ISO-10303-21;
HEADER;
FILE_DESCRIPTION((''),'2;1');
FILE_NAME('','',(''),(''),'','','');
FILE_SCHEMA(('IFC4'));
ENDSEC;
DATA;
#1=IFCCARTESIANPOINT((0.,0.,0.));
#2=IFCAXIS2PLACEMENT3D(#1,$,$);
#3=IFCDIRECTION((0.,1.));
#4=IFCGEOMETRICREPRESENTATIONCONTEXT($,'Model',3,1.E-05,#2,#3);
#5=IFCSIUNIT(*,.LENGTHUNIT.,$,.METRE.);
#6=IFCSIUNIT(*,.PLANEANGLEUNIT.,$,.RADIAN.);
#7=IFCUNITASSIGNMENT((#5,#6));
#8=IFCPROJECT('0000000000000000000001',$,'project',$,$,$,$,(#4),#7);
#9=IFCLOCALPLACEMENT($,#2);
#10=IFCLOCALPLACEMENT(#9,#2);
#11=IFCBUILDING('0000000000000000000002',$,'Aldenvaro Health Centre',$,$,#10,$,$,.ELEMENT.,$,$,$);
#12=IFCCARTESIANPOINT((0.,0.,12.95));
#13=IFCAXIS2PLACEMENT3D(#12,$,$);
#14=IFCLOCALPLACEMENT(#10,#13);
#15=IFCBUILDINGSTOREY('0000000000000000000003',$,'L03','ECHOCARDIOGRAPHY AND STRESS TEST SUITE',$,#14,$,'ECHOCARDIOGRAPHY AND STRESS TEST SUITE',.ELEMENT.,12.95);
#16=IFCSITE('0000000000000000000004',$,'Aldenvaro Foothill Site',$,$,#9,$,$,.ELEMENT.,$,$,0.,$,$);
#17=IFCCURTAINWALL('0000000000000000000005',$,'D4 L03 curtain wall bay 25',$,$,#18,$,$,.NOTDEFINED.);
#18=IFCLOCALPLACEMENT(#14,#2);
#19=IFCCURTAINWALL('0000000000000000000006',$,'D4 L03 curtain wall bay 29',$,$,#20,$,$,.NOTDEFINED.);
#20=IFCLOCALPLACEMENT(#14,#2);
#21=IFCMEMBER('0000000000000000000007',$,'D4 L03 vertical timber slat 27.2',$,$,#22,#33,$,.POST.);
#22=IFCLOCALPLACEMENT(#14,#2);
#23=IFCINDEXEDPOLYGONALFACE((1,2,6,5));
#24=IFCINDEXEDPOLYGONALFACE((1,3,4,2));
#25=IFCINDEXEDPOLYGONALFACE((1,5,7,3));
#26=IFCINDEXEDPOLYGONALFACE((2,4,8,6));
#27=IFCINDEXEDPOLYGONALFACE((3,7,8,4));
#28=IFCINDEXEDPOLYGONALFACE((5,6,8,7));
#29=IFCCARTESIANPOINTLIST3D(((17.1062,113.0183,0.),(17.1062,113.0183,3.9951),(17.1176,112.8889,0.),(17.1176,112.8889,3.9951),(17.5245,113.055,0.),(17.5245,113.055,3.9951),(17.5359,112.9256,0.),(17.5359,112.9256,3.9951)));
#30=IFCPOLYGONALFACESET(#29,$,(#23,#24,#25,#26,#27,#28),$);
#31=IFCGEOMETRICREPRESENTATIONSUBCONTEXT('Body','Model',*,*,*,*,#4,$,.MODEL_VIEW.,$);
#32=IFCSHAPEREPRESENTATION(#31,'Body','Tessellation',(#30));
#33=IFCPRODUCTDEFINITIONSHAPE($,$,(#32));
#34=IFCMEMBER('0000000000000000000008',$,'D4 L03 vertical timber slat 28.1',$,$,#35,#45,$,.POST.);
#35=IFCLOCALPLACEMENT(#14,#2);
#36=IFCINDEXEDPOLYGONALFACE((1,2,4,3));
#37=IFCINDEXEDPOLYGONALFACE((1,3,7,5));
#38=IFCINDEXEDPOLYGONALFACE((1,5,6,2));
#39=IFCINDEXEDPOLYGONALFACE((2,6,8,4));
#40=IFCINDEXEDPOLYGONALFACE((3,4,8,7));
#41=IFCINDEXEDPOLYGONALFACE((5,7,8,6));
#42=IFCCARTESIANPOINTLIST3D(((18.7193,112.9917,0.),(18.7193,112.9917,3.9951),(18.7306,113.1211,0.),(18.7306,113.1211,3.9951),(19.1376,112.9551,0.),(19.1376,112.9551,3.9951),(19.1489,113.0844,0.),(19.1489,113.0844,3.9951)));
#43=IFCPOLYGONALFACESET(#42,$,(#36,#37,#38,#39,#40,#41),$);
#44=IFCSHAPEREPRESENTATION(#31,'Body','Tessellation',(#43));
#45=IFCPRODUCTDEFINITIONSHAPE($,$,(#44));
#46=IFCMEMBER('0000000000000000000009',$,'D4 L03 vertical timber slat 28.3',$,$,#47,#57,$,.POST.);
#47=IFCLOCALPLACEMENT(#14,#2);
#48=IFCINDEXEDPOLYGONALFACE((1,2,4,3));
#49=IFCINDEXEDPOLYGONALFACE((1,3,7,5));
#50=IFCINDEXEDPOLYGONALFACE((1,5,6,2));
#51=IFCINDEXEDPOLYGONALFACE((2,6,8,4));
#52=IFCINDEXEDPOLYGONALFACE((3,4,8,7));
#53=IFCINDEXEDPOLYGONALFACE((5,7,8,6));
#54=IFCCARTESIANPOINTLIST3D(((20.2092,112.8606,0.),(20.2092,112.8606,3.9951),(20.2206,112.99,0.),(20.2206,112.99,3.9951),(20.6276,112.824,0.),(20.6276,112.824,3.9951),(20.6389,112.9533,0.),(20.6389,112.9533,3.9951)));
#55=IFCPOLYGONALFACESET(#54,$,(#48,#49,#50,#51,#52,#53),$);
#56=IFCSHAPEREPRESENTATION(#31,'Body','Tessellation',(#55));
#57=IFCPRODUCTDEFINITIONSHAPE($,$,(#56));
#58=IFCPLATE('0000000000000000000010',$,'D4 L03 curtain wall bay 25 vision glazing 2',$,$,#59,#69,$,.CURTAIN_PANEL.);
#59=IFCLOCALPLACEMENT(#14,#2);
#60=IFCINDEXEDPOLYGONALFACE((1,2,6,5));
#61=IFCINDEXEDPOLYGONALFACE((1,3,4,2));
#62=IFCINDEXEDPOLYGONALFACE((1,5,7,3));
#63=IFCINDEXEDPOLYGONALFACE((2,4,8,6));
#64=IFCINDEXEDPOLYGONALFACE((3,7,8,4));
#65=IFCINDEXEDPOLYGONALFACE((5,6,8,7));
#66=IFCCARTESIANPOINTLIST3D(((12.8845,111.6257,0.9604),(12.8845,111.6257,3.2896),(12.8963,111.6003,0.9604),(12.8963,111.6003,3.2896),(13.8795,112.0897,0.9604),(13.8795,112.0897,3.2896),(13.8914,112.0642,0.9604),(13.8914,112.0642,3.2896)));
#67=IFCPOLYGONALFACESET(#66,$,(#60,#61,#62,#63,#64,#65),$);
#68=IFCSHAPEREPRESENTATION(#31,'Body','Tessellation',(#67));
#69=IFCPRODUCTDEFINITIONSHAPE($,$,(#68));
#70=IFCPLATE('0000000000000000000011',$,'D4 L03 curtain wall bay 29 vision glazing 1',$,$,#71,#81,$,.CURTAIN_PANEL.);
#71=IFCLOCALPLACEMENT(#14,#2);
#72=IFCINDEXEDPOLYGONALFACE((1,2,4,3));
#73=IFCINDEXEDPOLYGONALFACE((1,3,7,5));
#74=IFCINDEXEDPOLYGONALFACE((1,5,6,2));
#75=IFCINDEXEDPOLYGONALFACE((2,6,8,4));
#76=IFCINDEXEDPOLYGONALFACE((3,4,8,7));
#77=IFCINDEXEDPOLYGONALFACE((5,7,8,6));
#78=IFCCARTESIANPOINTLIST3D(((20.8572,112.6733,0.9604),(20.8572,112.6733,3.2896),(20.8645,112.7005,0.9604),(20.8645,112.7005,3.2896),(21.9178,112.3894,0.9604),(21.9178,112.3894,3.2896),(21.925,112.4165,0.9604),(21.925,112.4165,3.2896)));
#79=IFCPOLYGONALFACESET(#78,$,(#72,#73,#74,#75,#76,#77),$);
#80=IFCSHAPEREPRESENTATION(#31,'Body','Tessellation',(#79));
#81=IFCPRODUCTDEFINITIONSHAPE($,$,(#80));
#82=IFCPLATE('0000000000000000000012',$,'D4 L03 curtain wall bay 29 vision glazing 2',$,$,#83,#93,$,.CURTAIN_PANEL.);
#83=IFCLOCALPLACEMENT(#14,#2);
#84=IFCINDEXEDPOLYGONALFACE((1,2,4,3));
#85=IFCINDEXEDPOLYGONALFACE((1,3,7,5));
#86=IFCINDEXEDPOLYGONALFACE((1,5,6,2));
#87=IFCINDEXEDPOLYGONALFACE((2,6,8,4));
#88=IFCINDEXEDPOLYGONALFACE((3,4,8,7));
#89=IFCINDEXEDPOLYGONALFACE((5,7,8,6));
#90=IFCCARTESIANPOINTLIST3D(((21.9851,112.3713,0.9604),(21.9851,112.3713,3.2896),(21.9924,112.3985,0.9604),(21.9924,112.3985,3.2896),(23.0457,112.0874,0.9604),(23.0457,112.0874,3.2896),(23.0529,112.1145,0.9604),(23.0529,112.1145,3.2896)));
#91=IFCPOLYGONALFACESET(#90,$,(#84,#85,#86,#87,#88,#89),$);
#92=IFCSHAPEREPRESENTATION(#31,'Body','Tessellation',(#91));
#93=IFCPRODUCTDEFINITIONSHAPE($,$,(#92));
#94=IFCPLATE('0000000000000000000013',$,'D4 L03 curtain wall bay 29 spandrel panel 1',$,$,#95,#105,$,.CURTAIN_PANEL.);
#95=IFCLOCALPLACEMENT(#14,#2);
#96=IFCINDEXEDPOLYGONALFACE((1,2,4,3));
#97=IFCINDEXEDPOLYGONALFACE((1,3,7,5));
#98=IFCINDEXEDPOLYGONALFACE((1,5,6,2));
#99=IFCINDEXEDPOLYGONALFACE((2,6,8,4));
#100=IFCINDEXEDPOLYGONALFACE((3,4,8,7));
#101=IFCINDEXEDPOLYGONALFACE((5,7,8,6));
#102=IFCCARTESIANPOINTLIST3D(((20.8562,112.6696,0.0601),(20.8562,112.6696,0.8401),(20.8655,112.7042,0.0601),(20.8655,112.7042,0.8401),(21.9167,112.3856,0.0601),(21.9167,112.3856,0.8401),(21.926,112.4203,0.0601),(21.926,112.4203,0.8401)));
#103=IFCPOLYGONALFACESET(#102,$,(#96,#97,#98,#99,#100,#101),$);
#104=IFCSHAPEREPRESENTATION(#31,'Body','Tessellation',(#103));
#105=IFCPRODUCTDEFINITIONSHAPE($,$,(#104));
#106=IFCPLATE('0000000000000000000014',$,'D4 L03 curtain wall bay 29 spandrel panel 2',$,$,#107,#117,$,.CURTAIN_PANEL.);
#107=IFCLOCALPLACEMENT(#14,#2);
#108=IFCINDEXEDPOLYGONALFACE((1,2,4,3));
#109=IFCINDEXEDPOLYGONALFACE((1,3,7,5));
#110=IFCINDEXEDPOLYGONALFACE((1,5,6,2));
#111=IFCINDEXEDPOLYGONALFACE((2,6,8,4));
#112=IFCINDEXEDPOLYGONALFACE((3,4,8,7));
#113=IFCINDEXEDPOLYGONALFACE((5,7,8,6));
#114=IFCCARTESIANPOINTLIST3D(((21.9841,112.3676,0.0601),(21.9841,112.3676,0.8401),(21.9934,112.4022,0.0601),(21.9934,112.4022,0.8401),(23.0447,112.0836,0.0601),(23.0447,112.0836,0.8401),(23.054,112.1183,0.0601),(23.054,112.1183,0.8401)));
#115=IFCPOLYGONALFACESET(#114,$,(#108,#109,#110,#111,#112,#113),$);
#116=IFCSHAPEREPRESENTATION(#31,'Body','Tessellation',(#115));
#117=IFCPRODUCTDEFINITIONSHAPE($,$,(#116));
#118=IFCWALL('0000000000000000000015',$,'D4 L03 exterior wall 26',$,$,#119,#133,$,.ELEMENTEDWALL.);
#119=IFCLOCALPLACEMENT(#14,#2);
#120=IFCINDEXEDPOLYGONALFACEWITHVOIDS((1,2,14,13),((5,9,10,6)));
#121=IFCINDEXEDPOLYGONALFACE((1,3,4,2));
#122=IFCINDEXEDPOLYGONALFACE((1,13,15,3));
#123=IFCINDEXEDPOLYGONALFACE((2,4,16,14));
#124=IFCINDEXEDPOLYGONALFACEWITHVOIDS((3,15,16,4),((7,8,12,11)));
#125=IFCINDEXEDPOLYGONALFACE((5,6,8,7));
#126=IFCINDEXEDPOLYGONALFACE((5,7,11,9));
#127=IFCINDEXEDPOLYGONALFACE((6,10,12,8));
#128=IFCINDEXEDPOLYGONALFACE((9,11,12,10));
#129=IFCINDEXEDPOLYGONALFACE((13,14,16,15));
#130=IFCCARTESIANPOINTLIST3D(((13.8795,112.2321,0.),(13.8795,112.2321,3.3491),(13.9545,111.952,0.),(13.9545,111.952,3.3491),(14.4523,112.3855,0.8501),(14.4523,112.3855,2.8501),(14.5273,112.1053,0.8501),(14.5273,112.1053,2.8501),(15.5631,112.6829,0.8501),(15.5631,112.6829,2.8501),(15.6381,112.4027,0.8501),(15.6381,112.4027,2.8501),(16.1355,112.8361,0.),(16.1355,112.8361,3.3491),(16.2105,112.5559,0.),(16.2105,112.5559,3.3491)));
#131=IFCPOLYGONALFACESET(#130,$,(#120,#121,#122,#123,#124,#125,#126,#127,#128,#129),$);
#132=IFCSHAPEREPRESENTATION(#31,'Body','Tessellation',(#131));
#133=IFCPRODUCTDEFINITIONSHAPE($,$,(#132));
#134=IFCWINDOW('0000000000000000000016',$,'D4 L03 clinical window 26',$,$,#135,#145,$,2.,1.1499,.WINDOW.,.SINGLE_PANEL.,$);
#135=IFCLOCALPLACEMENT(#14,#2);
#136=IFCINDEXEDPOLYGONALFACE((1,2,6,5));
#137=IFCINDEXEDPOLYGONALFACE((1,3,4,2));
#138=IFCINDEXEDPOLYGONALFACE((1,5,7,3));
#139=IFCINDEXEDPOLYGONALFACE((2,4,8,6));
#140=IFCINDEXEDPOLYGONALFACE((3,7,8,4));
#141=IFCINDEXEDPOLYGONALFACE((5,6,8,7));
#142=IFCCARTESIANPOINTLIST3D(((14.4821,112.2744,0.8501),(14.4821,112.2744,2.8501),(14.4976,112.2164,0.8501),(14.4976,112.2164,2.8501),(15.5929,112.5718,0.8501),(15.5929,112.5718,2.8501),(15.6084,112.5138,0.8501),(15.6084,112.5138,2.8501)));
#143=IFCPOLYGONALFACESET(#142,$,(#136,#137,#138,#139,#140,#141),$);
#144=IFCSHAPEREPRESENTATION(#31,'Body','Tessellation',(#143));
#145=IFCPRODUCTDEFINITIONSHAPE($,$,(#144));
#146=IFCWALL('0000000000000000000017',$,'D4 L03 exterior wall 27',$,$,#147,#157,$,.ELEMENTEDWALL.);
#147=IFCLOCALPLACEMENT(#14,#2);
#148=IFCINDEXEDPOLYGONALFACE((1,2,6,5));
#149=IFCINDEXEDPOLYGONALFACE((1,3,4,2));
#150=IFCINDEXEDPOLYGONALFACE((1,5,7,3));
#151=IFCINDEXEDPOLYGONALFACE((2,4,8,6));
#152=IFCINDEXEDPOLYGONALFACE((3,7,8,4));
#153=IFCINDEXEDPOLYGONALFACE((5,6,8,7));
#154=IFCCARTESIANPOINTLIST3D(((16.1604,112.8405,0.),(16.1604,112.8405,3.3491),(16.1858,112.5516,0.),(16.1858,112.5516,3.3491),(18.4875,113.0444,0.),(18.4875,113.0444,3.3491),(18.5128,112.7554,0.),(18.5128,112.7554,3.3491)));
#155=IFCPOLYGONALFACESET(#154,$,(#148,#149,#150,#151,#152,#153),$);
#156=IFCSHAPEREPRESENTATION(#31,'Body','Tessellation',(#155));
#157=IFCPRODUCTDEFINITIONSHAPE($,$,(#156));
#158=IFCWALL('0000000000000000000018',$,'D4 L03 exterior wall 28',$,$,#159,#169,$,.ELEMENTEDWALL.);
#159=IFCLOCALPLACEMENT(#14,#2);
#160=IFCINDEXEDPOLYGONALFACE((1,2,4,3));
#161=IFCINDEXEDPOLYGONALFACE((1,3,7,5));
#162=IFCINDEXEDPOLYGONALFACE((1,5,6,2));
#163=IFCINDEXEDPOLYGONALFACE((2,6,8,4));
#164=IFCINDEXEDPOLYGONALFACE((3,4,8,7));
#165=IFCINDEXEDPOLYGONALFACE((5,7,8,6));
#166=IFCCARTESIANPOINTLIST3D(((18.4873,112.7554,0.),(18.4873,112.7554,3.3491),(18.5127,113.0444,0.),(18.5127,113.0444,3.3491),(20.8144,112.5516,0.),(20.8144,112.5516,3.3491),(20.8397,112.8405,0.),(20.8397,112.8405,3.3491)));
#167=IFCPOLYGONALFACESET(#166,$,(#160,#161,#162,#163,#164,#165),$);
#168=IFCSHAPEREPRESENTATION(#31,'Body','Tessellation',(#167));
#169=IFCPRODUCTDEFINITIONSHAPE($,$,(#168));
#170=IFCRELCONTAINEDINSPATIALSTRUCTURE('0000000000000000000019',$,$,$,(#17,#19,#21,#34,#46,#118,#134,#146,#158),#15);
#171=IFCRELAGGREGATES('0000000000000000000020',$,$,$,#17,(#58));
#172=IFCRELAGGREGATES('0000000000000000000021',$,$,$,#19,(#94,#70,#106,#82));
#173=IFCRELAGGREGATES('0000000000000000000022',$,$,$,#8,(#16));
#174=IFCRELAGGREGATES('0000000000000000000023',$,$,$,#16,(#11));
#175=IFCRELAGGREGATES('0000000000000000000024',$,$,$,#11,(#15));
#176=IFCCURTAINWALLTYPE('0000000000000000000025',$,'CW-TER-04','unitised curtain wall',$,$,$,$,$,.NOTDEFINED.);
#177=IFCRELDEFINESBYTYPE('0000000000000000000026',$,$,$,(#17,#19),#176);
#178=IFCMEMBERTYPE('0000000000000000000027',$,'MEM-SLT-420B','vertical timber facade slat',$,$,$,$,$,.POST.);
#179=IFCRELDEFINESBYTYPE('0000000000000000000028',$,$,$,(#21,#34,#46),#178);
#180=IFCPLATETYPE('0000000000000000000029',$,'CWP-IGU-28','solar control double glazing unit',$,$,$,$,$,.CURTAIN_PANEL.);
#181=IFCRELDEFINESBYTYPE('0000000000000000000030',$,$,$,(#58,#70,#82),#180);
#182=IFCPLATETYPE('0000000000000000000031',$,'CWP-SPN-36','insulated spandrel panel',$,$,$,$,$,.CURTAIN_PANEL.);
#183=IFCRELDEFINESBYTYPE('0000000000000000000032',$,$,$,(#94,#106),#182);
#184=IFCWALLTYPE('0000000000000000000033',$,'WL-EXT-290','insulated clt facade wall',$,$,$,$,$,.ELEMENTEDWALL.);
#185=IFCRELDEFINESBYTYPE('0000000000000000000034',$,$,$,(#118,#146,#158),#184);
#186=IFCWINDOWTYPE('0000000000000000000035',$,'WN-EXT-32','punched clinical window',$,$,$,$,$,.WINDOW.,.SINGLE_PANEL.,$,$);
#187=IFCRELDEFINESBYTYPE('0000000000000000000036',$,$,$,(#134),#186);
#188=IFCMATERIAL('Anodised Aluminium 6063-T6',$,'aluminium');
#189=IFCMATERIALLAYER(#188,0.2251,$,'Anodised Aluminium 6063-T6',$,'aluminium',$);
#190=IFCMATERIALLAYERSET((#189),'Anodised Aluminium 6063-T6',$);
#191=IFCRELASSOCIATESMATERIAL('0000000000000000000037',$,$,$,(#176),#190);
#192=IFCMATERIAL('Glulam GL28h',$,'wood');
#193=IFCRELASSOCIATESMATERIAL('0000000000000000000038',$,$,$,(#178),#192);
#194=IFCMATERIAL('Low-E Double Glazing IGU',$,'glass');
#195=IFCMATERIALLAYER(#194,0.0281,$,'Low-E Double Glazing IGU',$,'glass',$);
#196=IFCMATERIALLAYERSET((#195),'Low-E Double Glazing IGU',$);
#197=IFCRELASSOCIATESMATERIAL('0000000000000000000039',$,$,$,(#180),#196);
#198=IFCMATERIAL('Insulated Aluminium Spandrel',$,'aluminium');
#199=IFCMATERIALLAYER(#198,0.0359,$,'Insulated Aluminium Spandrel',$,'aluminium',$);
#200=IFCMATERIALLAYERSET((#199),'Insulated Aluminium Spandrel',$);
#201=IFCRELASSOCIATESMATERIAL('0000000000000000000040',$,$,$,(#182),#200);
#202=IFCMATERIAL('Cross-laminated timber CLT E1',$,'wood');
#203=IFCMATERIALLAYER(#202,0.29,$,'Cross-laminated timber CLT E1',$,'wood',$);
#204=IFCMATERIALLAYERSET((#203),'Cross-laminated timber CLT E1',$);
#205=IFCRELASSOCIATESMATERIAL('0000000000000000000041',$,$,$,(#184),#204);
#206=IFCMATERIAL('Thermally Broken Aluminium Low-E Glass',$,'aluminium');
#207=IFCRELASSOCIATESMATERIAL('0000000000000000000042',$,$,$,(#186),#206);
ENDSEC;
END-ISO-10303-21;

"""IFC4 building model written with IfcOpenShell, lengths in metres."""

from ifc_helpers import new_model, si_unit, direction, frame, frame_2d, origin, origin_2d, place, context, subcontext, project, spatial, rectangle, extrude, material, layer, layer_set, material_profile, profile_set, type_object, element, fill, aggregate, save


model = new_model("IFC4")

# Units and contexts
model_context = context("Model", 3, precision=1e-05, world=origin(), true_north=direction((0.0, 1.0)))
body_context = subcontext(model_context, "Body", "Model", "MODEL_VIEW")
ifc_project = project(units=[si_unit("LENGTHUNIT", "METRE"), si_unit("PLANEANGLEUNIT", "RADIAN")], contexts=[model_context])

# Site, building, storey
site_placement = place(None, origin())
site = spatial("IfcSite", under=ifc_project, at=site_placement, Name="Aldenvaro Foothill Site", CompositionType="ELEMENT", RefElevation=0.0)
building_placement = place(site_placement, origin())
building = spatial("IfcBuilding", under=site, at=building_placement, Name="Aldenvaro Health Centre", CompositionType="ELEMENT")
storey_placement = place(building_placement, frame((0.0, 0.0, 12.95)))
storey = spatial("IfcBuildingStorey", under=building, at=storey_placement, Name="L03", Description="ECHOCARDIOGRAPHY AND STRESS TEST SUITE", LongName="ECHOCARDIOGRAPHY AND STRESS TEST SUITE", CompositionType="ELEMENT", Elevation=12.95)

# Shared definitions
ifc_material_1 = material(Name="Glulam GL28h", Category="wood")

# Curtain wall
ifc_material_2 = material(Name="Anodised Aluminium 6063-T6", Category="aluminium")
ifc_layer_1 = layer(ifc_material_2, 0.2251, Name="Anodised Aluminium 6063-T6", Category="aluminium")
ifc_layer_set_1 = layer_set([ifc_layer_1], Name="Anodised Aluminium 6063-T6")
curtain_wall_type = type_object("IfcCurtainWallType", Name="CW-TER-04", Description="unitised curtain wall", PredefinedType="NOTDEFINED", material=ifc_layer_set_1)
curtain_wall_1_placement = place(storey_placement, origin())
curtain_wall_1 = element("IfcCurtainWall", 1, at=curtain_wall_1_placement, inside=storey, type_object=curtain_wall_type, Name="D4 L03 curtain wall bay 25", PredefinedType="NOTDEFINED")

# Curtain wall
curtain_wall_2_placement = place(storey_placement, origin())
curtain_wall_2 = element("IfcCurtainWall", 2, at=curtain_wall_2_placement, inside=storey, type_object=curtain_wall_type, Name="D4 L03 curtain wall bay 29", PredefinedType="NOTDEFINED")

# Members
ifc_material_profile_1 = material_profile(ifc_material_1, rectangle(XDim=0.1299, YDim=0.4199, at=origin_2d()), Name="GL 130x420", Category="wood")
ifc_profile_set_1 = profile_set([ifc_material_profile_1], Name="Glulam GL28h")
member_type_1 = type_object("IfcMemberType", Name="MEM-SLT-420B", Description="vertical timber facade slat", PredefinedType="POST", material=ifc_profile_set_1)
for number, where, z_axis, x_axis, name in (
    (3, (17.321, 112.9719, 0.0), (0.0, 0.0, 1.0), (-0.087332, 0.996179, 0.0), "D4 L03 vertical timber slat 27.2"),
    (4, (18.9341, 113.0381, 0.0), (0.0, 0.0, 1.0), (0.087332, 0.996179, 0.0), "D4 L03 vertical timber slat 28.1"),
    (5, (20.4241, 112.907, 0.0), (0.0, 0.0, 1.0), (0.087332, 0.996179, 0.0), "D4 L03 vertical timber slat 28.3"),
):
    element("IfcMember", number, at=place(storey_placement, frame(where, z_axis=z_axis, x_axis=x_axis)), inside=storey, type_object=member_type_1, Name=name, PredefinedType="POST", context=body_context, shape_type="SweptSolid", body=[
        extrude(rectangle(XDim=0.1299, YDim=0.4199, at=origin_2d()), origin(), (0.0, 0.0, 1.0), 3.9951),
    ])

# Plates
ifc_material_3 = material(Name="Low-E Double Glazing IGU", Category="glass")
ifc_layer_2 = layer(ifc_material_3, 0.0281, Name="Low-E Double Glazing IGU", Category="glass")
ifc_layer_set_2 = layer_set([ifc_layer_2], Name="Low-E Double Glazing IGU")
plate_type_1 = type_object("IfcPlateType", Name="CWP-IGU-28", Description="solar control double glazing unit", PredefinedType="CURTAIN_PANEL", material=ifc_layer_set_2)
plate_1_placement = place(storey_placement, frame((13.3879, 111.845, 0.9604), z_axis=(0.0, 0.0, 1.0), x_axis=(0.906336, 0.422557, 0.0)))
plate_1 = element("IfcPlate", 6, at=plate_1_placement, type_object=plate_type_1, Name="D4 L03 curtain wall bay 25 vision glazing 2", PredefinedType="CURTAIN_PANEL", context=body_context, shape_type="SweptSolid", body=[
    extrude(rectangle(XDim=1.0979, YDim=0.0281, at=origin_2d()), origin(), (0.0, 0.0, 1.0), 2.3291),
])
aggregate(curtain_wall_1, [plate_1])
plate_2_placement = place(storey_placement, frame((21.3911, 112.5449, 0.9604), z_axis=(0.0, 0.0, 1.0), x_axis=(0.965979, -0.258622, 0.0)))
plate_2 = element("IfcPlate", 7, at=plate_2_placement, type_object=plate_type_1, Name="D4 L03 curtain wall bay 29 vision glazing 1", PredefinedType="CURTAIN_PANEL", context=body_context, shape_type="SweptSolid", body=[
    extrude(rectangle(XDim=1.0979, YDim=0.0281, at=origin_2d()), origin(), (0.0, 0.0, 1.0), 2.3291),
])
plate_3_placement = place(storey_placement, frame((22.519, 112.2429, 0.9604), z_axis=(0.0, 0.0, 1.0), x_axis=(0.965979, -0.258622, 0.0)))
plate_3 = element("IfcPlate", 8, at=plate_3_placement, type_object=plate_type_1, Name="D4 L03 curtain wall bay 29 vision glazing 2", PredefinedType="CURTAIN_PANEL", context=body_context, shape_type="SweptSolid", body=[
    extrude(rectangle(XDim=1.0979, YDim=0.0281, at=origin_2d()), origin(), (0.0, 0.0, 1.0), 2.3291),
])
ifc_material_4 = material(Name="Insulated Aluminium Spandrel", Category="aluminium")
ifc_layer_3 = layer(ifc_material_4, 0.0359, Name="Insulated Aluminium Spandrel", Category="aluminium")
ifc_layer_set_3 = layer_set([ifc_layer_3], Name="Insulated Aluminium Spandrel")
plate_type_2 = type_object("IfcPlateType", Name="CWP-SPN-36", Description="insulated spandrel panel", PredefinedType="CURTAIN_PANEL", material=ifc_layer_set_3)
plate_4_placement = place(storey_placement, frame((21.3911, 112.5449, 0.0601), z_axis=(0.0, 0.0, 1.0), x_axis=(0.965979, -0.258622, 0.0)))
plate_4 = element("IfcPlate", 9, at=plate_4_placement, type_object=plate_type_2, Name="D4 L03 curtain wall bay 29 spandrel panel 1", PredefinedType="CURTAIN_PANEL", context=body_context, shape_type="SweptSolid", body=[
    extrude(rectangle(XDim=1.0979, YDim=0.0359, at=origin_2d()), origin(), (0.0, 0.0, 1.0), 0.78),
])
plate_5_placement = place(storey_placement, frame((22.519, 112.2429, 0.0601), z_axis=(0.0, 0.0, 1.0), x_axis=(0.965979, -0.258622, 0.0)))
plate_5 = element("IfcPlate", 10, at=plate_5_placement, type_object=plate_type_2, Name="D4 L03 curtain wall bay 29 spandrel panel 2", PredefinedType="CURTAIN_PANEL", context=body_context, shape_type="SweptSolid", body=[
    extrude(rectangle(XDim=1.0979, YDim=0.0359, at=origin_2d()), origin(), (0.0, 0.0, 1.0), 0.78),
])
aggregate(curtain_wall_2, [plate_4, plate_2, plate_5, plate_3])

# Wall, opening, window
ifc_material_5 = material(Name="Cross-laminated timber CLT E1", Category="wood")
ifc_layer_4 = layer(ifc_material_5, 0.29, Name="Cross-laminated timber CLT E1", Category="wood")
ifc_layer_set_4 = layer_set([ifc_layer_4], Name="Cross-laminated timber CLT E1")
wall_type = type_object("IfcWallType", Name="WL-EXT-290", Description="insulated clt facade wall", PredefinedType="ELEMENTEDWALL", material=ifc_layer_set_4)
wall_1_placement = place(storey_placement, frame((13.917, 112.092, 0.0), z_axis=(0.0, 0.0, 1.0), x_axis=(0.965981, 0.258612, 0.0)))
wall_1 = element("IfcWall", 11, at=wall_1_placement, inside=storey, type_object=wall_type, Name="D4 L03 exterior wall 26", PredefinedType="ELEMENTEDWALL", context=body_context, shape_type="SweptSolid", body=[
    extrude(rectangle(XDim=2.3354, YDim=0.29, at=frame_2d((1.1677, 0.0))), origin(), (0.0, 0.0, 1.0), 3.3491),
])
opening_1_placement = place(wall_1_placement, frame((0.593, 0.0, 0.8501)))
opening_1 = element("IfcOpeningElement", 12, at=opening_1_placement, cuts=wall_1, PredefinedType="OPENING", context=body_context, shape_type="SweptSolid", body=[
    extrude(rectangle(XDim=1.1499, YDim=2.0, at=frame_2d((0.575, 1.0))), frame((0.0, 0.155, 0.0), z_axis=(0.0, -1.0, 0.0), x_axis=(1.0, 0.0, 0.0)), (0.0, 0.0, 1.0), 0.3101),
])
ifc_material_6 = material(Name="Thermally Broken Aluminium Low-E Glass", Category="aluminium")
window_type_1 = type_object("IfcWindowType", Name="WN-EXT-32", Description="punched clinical window", PartitioningType="SINGLE_PANEL", PredefinedType="WINDOW", material=ifc_material_6)
window_1_placement = place(opening_1_placement, origin())
window_1 = element("IfcWindow", 13, at=window_1_placement, inside=storey, type_object=window_type_1, Name="D4 L03 clinical window 26", OverallHeight=2.0, OverallWidth=1.1499, PartitioningType="SINGLE_PANEL", PredefinedType="WINDOW", context=body_context, shape_type="SweptSolid", body=[
    extrude(rectangle(XDim=1.1499, YDim=2.0, at=frame_2d((0.575, 1.0))), frame((0.0, 0.03, 0.0), z_axis=(0.0, -1.0, 0.0), x_axis=(1.0, 0.0, 0.0)), (0.0, 0.0, 1.0), 0.0601),
])
fill(opening_1, window_1)

# Walls
for number, where, z_axis, x_axis, name in (
    (14, (16.1731, 112.696, 0.0), (0.0, 0.0, 1.0), (0.996184, 0.087275, 0.0), "D4 L03 exterior wall 27"),
    (15, (18.5, 112.8999, 0.0), (0.0, 0.0, 1.0), (0.996184, -0.087275, 0.0), "D4 L03 exterior wall 28"),
):
    element("IfcWall", number, at=place(storey_placement, frame(where, z_axis=z_axis, x_axis=x_axis)), inside=storey, type_object=wall_type, Name=name, PredefinedType="ELEMENTEDWALL", context=body_context, shape_type="SweptSolid", body=[
        extrude(rectangle(XDim=2.3359, YDim=0.29, at=frame_2d((1.168, 0.0))), origin(), (0.0, 0.0, 1.0), 3.3491),
    ])

save(model, "model.ifc")
